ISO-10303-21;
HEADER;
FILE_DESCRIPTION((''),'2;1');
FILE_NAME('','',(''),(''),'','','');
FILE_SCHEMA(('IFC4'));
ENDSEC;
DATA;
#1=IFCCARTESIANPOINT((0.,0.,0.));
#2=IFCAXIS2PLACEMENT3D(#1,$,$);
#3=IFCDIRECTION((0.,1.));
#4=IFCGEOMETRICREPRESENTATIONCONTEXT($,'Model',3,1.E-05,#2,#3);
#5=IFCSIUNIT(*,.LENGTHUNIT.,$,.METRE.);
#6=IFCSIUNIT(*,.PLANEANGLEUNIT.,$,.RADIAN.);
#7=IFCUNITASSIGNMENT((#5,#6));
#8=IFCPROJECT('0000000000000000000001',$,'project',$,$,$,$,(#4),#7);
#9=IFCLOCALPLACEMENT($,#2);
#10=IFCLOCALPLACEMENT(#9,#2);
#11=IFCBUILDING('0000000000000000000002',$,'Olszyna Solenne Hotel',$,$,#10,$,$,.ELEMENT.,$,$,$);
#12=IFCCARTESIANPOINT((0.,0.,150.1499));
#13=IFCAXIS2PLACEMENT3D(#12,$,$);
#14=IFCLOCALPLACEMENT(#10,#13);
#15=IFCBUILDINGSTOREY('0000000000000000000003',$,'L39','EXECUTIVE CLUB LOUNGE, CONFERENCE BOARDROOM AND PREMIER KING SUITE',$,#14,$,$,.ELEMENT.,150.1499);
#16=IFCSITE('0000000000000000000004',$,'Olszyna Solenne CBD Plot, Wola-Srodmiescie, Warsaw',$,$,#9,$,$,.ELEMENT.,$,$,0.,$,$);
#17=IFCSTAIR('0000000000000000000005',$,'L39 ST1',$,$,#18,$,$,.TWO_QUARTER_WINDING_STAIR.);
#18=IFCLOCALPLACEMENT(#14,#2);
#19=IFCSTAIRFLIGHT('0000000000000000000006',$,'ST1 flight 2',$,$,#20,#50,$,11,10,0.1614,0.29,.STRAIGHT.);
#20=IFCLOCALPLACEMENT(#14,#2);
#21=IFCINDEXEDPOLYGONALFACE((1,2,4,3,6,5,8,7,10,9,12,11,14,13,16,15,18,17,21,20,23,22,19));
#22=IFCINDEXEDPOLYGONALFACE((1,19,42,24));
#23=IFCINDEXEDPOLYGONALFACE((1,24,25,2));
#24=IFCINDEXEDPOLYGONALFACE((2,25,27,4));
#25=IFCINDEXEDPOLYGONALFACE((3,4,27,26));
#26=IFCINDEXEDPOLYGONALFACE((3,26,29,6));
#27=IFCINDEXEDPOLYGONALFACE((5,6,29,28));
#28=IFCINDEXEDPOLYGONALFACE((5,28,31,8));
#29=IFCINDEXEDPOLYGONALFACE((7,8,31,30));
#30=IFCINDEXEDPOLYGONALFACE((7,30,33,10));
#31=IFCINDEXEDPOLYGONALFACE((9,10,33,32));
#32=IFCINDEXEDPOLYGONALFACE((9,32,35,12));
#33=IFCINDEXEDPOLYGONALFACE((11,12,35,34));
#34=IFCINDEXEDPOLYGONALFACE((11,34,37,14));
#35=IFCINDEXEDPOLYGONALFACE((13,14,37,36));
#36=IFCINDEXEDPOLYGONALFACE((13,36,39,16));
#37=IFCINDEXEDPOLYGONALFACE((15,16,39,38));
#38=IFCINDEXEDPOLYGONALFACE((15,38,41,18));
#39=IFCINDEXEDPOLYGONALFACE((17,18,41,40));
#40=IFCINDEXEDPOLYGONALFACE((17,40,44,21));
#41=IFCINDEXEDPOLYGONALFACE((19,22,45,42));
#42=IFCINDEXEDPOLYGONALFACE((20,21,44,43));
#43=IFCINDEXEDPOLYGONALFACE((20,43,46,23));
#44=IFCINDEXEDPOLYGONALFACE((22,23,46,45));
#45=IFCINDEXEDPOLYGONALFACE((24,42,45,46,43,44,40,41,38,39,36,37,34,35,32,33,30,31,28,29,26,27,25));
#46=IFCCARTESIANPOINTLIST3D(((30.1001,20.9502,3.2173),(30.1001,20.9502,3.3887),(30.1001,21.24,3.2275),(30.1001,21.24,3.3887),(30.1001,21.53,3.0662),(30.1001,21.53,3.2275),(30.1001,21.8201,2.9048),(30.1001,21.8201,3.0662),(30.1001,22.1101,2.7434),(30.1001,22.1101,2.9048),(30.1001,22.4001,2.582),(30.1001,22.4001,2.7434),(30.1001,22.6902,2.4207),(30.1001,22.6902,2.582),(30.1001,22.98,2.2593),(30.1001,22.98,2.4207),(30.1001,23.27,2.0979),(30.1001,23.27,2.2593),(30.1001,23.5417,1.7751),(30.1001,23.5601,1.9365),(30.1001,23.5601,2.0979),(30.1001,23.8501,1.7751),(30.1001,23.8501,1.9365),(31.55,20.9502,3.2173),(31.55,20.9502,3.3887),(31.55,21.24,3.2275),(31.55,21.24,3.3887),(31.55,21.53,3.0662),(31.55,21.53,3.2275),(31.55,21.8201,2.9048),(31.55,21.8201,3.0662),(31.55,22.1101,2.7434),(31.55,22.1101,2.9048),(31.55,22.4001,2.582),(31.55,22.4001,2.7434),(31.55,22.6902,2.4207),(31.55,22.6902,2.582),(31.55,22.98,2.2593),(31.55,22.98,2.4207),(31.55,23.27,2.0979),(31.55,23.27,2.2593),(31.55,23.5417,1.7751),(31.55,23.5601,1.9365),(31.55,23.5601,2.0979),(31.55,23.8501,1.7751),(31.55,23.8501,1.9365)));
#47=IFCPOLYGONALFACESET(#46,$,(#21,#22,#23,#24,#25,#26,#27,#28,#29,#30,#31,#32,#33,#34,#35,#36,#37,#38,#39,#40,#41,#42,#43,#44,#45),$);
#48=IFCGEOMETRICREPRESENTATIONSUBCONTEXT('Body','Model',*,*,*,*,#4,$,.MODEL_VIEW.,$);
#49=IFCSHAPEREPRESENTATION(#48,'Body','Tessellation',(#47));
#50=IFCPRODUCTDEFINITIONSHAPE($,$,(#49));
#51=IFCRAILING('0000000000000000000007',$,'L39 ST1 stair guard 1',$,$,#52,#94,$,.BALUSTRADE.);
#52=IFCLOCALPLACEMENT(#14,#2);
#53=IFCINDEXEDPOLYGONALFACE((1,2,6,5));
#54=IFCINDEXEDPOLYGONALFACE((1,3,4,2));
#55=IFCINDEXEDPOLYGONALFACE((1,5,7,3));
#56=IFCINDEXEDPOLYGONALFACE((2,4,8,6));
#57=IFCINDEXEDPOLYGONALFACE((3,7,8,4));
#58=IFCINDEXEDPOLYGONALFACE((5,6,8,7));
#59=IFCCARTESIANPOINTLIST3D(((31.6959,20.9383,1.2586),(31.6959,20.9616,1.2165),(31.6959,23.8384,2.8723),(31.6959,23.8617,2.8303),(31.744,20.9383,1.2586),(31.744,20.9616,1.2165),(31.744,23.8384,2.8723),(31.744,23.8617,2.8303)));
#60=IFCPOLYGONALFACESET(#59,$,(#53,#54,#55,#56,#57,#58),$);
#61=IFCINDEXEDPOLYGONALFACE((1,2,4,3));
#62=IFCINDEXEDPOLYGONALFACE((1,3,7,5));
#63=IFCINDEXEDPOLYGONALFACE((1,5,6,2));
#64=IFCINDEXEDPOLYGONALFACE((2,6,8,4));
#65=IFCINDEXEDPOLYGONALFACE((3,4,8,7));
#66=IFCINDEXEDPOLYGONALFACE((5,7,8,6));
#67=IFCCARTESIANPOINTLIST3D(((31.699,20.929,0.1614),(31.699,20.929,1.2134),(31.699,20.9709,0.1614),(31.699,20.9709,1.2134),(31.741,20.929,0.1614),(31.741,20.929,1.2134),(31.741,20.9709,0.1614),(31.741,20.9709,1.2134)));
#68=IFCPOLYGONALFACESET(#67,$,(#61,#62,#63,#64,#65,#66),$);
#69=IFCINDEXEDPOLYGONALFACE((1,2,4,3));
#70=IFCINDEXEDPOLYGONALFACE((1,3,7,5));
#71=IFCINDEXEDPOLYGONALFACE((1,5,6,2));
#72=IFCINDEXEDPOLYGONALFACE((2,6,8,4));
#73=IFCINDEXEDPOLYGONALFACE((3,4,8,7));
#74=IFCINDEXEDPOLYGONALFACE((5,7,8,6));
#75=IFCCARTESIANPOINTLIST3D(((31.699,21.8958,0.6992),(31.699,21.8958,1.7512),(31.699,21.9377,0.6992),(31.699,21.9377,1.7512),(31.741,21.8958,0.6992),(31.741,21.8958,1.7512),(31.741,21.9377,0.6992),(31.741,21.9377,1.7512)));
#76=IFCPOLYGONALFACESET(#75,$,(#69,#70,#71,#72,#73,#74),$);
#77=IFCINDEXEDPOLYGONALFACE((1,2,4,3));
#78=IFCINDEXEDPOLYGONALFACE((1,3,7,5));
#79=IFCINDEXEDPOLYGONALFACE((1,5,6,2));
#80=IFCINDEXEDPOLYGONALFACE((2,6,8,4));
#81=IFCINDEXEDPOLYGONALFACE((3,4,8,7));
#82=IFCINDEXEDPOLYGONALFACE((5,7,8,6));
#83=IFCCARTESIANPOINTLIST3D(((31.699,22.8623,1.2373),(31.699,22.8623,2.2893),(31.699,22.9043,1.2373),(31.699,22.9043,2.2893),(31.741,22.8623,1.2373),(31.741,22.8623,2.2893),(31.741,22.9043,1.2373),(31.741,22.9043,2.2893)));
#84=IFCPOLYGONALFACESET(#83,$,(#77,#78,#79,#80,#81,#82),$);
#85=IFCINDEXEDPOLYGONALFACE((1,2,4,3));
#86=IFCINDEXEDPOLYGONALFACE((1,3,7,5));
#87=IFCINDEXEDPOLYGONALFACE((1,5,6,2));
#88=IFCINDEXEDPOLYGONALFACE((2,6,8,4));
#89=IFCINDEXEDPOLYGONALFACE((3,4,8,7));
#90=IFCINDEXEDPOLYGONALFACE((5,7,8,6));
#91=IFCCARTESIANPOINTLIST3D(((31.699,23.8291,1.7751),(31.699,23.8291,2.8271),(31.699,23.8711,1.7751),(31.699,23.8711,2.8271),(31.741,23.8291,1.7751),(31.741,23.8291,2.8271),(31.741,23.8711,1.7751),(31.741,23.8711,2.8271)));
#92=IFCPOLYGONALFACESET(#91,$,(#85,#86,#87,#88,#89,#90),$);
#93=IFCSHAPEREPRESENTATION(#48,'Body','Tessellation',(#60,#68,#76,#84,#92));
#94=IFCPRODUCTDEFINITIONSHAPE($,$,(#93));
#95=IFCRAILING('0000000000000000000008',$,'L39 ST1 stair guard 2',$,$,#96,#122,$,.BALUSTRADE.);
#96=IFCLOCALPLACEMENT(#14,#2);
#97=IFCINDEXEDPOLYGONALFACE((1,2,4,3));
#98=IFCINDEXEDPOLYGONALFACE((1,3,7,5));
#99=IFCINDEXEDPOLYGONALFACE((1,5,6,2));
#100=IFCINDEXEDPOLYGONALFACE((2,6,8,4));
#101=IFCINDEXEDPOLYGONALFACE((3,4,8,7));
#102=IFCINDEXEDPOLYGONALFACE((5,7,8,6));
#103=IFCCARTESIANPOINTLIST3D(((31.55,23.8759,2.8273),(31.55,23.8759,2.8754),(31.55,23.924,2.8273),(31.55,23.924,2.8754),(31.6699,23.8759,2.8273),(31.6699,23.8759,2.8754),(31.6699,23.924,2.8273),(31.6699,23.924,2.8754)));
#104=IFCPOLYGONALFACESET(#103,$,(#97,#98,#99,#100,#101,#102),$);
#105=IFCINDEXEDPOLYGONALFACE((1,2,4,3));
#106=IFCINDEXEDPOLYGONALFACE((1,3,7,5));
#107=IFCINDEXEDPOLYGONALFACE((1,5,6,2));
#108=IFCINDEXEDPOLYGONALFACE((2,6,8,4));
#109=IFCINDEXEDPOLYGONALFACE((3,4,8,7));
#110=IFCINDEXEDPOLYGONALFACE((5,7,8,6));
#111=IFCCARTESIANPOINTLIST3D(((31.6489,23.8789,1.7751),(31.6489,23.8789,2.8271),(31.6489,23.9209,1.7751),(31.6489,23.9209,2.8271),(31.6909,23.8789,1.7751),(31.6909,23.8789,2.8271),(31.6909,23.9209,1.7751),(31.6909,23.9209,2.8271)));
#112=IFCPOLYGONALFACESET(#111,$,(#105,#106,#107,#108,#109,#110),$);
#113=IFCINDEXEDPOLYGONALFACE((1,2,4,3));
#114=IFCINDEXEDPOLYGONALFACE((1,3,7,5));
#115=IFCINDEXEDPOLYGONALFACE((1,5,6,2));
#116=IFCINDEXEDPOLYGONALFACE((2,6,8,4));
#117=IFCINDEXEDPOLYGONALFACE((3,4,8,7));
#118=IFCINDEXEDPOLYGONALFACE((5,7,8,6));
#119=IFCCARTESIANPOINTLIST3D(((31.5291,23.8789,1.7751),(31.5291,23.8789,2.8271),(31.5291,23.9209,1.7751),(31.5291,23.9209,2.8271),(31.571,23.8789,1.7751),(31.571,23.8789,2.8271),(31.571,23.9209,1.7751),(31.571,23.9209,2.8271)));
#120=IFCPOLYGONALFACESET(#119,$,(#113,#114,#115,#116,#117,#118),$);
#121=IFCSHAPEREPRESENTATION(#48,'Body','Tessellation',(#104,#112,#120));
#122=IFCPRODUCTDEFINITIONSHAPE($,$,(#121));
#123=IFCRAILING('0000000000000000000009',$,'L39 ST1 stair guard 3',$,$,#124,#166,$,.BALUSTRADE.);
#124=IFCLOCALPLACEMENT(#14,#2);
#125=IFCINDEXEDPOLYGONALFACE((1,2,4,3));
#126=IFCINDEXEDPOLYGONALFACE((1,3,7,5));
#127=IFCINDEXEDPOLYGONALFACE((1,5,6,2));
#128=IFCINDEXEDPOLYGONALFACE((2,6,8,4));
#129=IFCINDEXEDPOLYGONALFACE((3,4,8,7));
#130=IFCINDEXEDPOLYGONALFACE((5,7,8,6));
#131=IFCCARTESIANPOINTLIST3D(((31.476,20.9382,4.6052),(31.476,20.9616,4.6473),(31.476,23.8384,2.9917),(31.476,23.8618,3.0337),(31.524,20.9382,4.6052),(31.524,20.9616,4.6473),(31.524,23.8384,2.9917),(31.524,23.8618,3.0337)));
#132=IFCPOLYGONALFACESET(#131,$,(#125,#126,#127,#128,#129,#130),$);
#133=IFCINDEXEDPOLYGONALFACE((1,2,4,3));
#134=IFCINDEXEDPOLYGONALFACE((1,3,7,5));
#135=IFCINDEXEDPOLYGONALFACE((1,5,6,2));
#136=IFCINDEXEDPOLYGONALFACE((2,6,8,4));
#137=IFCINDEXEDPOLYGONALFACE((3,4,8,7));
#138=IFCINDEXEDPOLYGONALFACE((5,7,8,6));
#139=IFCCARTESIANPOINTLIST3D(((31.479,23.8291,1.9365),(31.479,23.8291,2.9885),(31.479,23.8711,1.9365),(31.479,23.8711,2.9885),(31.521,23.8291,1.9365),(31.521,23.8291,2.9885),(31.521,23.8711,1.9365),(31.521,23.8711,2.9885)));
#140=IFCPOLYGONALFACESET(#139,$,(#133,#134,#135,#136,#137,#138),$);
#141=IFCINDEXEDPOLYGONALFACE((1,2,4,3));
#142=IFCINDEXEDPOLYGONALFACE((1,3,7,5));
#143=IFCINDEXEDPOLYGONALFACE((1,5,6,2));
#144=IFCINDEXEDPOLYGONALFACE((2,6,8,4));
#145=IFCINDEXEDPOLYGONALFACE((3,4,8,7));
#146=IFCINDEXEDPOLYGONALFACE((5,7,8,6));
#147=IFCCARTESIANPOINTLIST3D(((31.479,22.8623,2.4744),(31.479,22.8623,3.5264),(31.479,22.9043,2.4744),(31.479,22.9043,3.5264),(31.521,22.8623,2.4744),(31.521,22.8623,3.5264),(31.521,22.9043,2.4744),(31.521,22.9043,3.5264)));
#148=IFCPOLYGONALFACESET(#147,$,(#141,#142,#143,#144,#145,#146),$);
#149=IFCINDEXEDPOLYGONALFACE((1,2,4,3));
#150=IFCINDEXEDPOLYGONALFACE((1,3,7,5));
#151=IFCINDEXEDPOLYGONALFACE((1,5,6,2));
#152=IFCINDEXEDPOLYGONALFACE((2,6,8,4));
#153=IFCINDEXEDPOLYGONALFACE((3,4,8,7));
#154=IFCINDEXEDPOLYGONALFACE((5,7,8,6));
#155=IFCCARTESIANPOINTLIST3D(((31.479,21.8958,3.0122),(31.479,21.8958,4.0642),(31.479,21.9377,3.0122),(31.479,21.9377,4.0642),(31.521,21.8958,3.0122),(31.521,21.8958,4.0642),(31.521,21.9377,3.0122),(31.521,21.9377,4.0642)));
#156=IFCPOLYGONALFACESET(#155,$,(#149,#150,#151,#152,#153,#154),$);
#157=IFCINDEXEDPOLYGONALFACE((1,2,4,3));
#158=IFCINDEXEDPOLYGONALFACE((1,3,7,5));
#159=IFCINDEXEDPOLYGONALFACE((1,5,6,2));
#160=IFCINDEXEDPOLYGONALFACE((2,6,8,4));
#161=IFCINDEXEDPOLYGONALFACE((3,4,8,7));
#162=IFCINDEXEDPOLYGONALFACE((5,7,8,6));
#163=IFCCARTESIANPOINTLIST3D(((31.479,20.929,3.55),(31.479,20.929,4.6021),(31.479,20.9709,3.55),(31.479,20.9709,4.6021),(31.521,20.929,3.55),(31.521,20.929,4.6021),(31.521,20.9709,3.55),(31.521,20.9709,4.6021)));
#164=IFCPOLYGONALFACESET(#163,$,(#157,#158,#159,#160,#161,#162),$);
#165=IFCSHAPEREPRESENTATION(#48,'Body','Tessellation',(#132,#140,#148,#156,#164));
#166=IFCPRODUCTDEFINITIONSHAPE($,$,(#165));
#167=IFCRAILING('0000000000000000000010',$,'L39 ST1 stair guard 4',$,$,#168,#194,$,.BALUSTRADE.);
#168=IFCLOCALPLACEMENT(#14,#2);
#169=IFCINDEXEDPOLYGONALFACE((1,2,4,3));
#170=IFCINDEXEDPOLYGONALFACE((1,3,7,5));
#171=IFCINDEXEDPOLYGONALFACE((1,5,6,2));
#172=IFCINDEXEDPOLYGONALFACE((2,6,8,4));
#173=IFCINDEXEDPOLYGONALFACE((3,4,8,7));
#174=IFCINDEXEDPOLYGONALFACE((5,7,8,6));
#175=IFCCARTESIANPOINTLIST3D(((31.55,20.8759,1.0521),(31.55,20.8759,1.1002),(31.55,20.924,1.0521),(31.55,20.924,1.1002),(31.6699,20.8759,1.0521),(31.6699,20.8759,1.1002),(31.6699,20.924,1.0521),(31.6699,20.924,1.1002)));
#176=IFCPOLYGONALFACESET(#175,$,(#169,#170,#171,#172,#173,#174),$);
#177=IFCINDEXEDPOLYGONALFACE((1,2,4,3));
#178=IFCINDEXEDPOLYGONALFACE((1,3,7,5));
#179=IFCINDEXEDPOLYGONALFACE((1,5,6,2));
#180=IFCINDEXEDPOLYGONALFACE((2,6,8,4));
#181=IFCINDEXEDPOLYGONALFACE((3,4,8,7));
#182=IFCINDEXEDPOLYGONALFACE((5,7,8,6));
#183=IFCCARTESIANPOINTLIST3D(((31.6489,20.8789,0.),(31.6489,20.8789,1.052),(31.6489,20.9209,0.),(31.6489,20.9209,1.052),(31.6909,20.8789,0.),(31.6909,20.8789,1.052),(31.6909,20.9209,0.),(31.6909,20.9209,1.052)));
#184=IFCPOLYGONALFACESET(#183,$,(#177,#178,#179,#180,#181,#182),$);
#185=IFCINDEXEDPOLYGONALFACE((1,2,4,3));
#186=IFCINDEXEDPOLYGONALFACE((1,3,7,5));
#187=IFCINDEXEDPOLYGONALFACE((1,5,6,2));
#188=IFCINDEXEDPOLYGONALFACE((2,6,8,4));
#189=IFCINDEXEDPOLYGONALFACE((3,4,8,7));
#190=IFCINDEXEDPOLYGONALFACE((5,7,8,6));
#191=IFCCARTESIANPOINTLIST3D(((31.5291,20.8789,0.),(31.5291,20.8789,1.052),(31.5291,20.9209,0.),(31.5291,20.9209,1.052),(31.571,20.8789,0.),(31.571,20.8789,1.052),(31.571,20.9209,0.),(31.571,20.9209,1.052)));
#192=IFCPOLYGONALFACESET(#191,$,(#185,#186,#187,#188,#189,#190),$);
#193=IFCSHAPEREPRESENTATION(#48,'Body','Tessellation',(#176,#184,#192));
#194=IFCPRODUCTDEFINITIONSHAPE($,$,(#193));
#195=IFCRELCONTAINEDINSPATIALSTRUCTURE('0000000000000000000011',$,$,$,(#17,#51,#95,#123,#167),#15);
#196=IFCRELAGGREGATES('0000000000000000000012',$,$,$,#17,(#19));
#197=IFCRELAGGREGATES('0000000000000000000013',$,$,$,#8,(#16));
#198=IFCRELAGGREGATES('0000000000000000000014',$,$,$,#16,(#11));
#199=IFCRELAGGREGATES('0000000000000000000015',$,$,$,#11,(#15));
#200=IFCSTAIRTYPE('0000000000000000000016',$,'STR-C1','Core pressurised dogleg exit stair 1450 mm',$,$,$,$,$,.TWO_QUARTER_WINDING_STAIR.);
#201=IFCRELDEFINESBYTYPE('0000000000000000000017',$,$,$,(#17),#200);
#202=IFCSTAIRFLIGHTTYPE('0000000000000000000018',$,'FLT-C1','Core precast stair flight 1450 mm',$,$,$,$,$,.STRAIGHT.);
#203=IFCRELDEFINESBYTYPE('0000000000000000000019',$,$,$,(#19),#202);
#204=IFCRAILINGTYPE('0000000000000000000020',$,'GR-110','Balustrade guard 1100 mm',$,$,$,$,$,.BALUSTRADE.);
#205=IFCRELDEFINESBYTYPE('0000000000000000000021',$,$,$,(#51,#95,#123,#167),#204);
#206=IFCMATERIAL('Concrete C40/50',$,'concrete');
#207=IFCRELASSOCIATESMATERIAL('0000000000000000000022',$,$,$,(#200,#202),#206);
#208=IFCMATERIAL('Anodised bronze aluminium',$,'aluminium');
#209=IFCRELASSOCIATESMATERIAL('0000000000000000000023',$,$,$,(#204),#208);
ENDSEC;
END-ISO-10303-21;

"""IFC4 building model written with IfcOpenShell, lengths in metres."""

from ifc_helpers import new_model, si_unit, direction, frame, origin, origin_2d, place, context, subcontext, project, spatial, polyline, rectangle, outline, extrude, material, type_object, element, aggregate, save


model = new_model("IFC4")

# Units and contexts
model_context = context("Model", 3, precision=1e-05, world=origin(), true_north=direction((0.0, 1.0)))
body_context = subcontext(model_context, "Body", "Model", "MODEL_VIEW")
ifc_project = project(units=[si_unit("LENGTHUNIT", "METRE"), si_unit("PLANEANGLEUNIT", "RADIAN")], contexts=[model_context])

# Site, building, storey
site_placement = place(None, origin())
site = spatial("IfcSite", under=ifc_project, at=site_placement, Name="Olszyna Solenne CBD Plot, Wola-Srodmiescie, Warsaw", CompositionType="ELEMENT", RefElevation=0.0)
building_placement = place(site_placement, origin())
building = spatial("IfcBuilding", under=site, at=building_placement, Name="Olszyna Solenne Hotel", CompositionType="ELEMENT")
storey_placement = place(building_placement, frame((0.0, 0.0, 150.1499)))
storey = spatial("IfcBuildingStorey", under=building, at=storey_placement, Name="L39", Description="EXECUTIVE CLUB LOUNGE, CONFERENCE BOARDROOM AND PREMIER KING SUITE", CompositionType="ELEMENT", Elevation=150.1499)

# Stair, stair flight
ifc_material_1 = material(Name="Concrete C40/50", Category="concrete")
stair_type = type_object("IfcStairType", Name="STR-C1", Description="Core pressurised dogleg exit stair 1450 mm", PredefinedType="TWO_QUARTER_WINDING_STAIR", material=ifc_material_1)
stair_placement = place(storey_placement, origin())
stair = element("IfcStair", 1, at=stair_placement, inside=storey, type_object=stair_type, Name="L39 ST1", PredefinedType="TWO_QUARTER_WINDING_STAIR")
stair_flight_type = type_object("IfcStairFlightType", Name="FLT-C1", Description="Core precast stair flight 1450 mm", PredefinedType="STRAIGHT", material=ifc_material_1)
stair_flight_1_placement = place(storey_placement, frame((30.825, 23.8501, 1.7751), z_axis=(0.0, 0.0, 1.0), x_axis=(0.0, -1.0, 0.0)))
stair_flight_1 = element("IfcStairFlight", 2, at=stair_flight_1_placement, type_object=stair_flight_type, Name="ST1 flight 2", NumberOfRisers=11, NumberOfTreads=10, PredefinedType="STRAIGHT", RiserHeight=0.1614, TreadLength=0.29, context=body_context, shape_type="SweptSolid", body=[
    extrude(outline(polyline([(0.0, 0.0), (0.0, 0.1614), (0.29, 0.1614), (0.29, 0.3228), (0.5801, 0.3228), (0.5801, 0.4841), (0.8701, 0.4841), (0.8701, 0.6455), (1.1599, 0.6455), (1.1599, 0.8069), (1.45, 0.8069), (1.45, 0.9683), (1.74, 0.9683), (1.74, 1.1296), (2.03, 1.1296), (2.03, 1.291), (2.3201, 1.291), (2.3201, 1.4524), (2.6101, 1.4524), (2.6101, 1.6135), (2.8999, 1.6135), (2.8999, 1.7749), (2.8999, 1.4421), (0.3083, 0.0), (0.0, 0.0)])), frame((0.0, 0.7251, 0.0), z_axis=(0.0, -1.0, 0.0), x_axis=(1.0, 0.0, 0.0)), (0.0, 0.0, 1.0), 1.45),
])
aggregate(stair, [stair_flight_1])

# Railings
ifc_material_2 = material(Name="Anodised bronze aluminium", Category="aluminium")
railing_type_1 = type_object("IfcRailingType", Name="GR-110", Description="Balustrade guard 1100 mm", PredefinedType="BALUSTRADE", material=ifc_material_2)
railing_1_placement = place(storey_placement, frame((31.72, 20.95, 0.1614)))
element("IfcRailing", 3, at=railing_1_placement, inside=storey, type_object=railing_type_1, Name="L39 ST1 stair guard 1", PredefinedType="BALUSTRADE", context=body_context, shape_type="SweptSolid", body=[
    extrude(rectangle(XDim=0.0481, YDim=0.0481, at=origin_2d()), frame((0.0, 0.0, 1.0762), z_axis=(0.0, 0.873827, 0.486236), x_axis=(-1.0, 0.0, 0.0)), (0.0, 0.0, 1.0), 3.3188),
    extrude(rectangle(XDim=0.042, YDim=0.042, at=origin_2d()), origin(), (0.0, 0.0, 1.0), 1.052),
    extrude(rectangle(XDim=0.042, YDim=0.042, at=origin_2d()), frame((0.0, 0.9668, 0.5378)), (0.0, 0.0, 1.0), 1.052),
    extrude(rectangle(XDim=0.042, YDim=0.042, at=origin_2d()), frame((0.0, 1.9333, 1.0759)), (0.0, 0.0, 1.0), 1.052),
    extrude(rectangle(XDim=0.042, YDim=0.042, at=origin_2d()), frame((0.0, 2.9001, 1.6138)), (0.0, 0.0, 1.0), 1.052),
])
railing_2_placement = place(storey_placement, frame((31.6699, 23.8999, 1.7751)))
element("IfcRailing", 4, at=railing_2_placement, inside=storey, type_object=railing_type_1, Name="L39 ST1 stair guard 2", PredefinedType="BALUSTRADE", context=body_context, shape_type="SweptSolid", body=[
    extrude(rectangle(XDim=0.0481, YDim=0.0481, at=origin_2d()), frame((0.0, 0.0, 1.0762), z_axis=(-1.0, 0.0, 0.0), x_axis=(0.0, -1.0, 0.0)), (0.0, 0.0, 1.0), 0.1199),
    extrude(rectangle(XDim=0.042, YDim=0.042, at=origin_2d()), origin(), (0.0, 0.0, 1.0), 1.052),
    extrude(rectangle(XDim=0.042, YDim=0.042, at=origin_2d()), frame((-0.1199, 0.0, 0.0)), (0.0, 0.0, 1.0), 1.052),
])
railing_3_placement = place(storey_placement, frame((31.5, 23.8501, 1.9365)))
element("IfcRailing", 5, at=railing_3_placement, inside=storey, type_object=railing_type_1, Name="L39 ST1 stair guard 3", PredefinedType="BALUSTRADE", context=body_context, shape_type="SweptSolid", body=[
    extrude(rectangle(XDim=0.0481, YDim=0.0481, at=origin_2d()), frame((0.0, 0.0, 1.0762), z_axis=(0.0, -0.873859, 0.48618), x_axis=(1.0, 0.0, 0.0)), (0.0, 0.0, 1.0), 3.3188),
    extrude(rectangle(XDim=0.042, YDim=0.042, at=origin_2d()), origin(), (0.0, 0.0, 1.0), 1.052),
    extrude(rectangle(XDim=0.042, YDim=0.042, at=origin_2d()), frame((0.0, -0.9668, 0.5378)), (0.0, 0.0, 1.0), 1.052),
    extrude(rectangle(XDim=0.042, YDim=0.042, at=origin_2d()), frame((0.0, -1.9333, 1.0757)), (0.0, 0.0, 1.0), 1.052),
    extrude(rectangle(XDim=0.042, YDim=0.042, at=origin_2d()), frame((0.0, -2.9001, 1.6135)), (0.0, 0.0, 1.0), 1.052),
])
railing_4_placement = place(storey_placement, frame((31.6699, 20.8999, 0.0)))
element("IfcRailing", 6, at=railing_4_placement, inside=storey, type_object=railing_type_1, Name="L39 ST1 stair guard 4", PredefinedType="BALUSTRADE", context=body_context, shape_type="SweptSolid", body=[
    extrude(rectangle(XDim=0.0481, YDim=0.0481, at=origin_2d()), frame((0.0, 0.0, 1.0762), z_axis=(-1.0, 0.0, 0.0), x_axis=(0.0, -1.0, 0.0)), (0.0, 0.0, 1.0), 0.1199),
    extrude(rectangle(XDim=0.042, YDim=0.042, at=origin_2d()), origin(), (0.0, 0.0, 1.0), 1.052),
    extrude(rectangle(XDim=0.042, YDim=0.042, at=origin_2d()), frame((-0.1199, 0.0, 0.0)), (0.0, 0.0, 1.0), 1.052),
])

save(model, "model.ifc")
